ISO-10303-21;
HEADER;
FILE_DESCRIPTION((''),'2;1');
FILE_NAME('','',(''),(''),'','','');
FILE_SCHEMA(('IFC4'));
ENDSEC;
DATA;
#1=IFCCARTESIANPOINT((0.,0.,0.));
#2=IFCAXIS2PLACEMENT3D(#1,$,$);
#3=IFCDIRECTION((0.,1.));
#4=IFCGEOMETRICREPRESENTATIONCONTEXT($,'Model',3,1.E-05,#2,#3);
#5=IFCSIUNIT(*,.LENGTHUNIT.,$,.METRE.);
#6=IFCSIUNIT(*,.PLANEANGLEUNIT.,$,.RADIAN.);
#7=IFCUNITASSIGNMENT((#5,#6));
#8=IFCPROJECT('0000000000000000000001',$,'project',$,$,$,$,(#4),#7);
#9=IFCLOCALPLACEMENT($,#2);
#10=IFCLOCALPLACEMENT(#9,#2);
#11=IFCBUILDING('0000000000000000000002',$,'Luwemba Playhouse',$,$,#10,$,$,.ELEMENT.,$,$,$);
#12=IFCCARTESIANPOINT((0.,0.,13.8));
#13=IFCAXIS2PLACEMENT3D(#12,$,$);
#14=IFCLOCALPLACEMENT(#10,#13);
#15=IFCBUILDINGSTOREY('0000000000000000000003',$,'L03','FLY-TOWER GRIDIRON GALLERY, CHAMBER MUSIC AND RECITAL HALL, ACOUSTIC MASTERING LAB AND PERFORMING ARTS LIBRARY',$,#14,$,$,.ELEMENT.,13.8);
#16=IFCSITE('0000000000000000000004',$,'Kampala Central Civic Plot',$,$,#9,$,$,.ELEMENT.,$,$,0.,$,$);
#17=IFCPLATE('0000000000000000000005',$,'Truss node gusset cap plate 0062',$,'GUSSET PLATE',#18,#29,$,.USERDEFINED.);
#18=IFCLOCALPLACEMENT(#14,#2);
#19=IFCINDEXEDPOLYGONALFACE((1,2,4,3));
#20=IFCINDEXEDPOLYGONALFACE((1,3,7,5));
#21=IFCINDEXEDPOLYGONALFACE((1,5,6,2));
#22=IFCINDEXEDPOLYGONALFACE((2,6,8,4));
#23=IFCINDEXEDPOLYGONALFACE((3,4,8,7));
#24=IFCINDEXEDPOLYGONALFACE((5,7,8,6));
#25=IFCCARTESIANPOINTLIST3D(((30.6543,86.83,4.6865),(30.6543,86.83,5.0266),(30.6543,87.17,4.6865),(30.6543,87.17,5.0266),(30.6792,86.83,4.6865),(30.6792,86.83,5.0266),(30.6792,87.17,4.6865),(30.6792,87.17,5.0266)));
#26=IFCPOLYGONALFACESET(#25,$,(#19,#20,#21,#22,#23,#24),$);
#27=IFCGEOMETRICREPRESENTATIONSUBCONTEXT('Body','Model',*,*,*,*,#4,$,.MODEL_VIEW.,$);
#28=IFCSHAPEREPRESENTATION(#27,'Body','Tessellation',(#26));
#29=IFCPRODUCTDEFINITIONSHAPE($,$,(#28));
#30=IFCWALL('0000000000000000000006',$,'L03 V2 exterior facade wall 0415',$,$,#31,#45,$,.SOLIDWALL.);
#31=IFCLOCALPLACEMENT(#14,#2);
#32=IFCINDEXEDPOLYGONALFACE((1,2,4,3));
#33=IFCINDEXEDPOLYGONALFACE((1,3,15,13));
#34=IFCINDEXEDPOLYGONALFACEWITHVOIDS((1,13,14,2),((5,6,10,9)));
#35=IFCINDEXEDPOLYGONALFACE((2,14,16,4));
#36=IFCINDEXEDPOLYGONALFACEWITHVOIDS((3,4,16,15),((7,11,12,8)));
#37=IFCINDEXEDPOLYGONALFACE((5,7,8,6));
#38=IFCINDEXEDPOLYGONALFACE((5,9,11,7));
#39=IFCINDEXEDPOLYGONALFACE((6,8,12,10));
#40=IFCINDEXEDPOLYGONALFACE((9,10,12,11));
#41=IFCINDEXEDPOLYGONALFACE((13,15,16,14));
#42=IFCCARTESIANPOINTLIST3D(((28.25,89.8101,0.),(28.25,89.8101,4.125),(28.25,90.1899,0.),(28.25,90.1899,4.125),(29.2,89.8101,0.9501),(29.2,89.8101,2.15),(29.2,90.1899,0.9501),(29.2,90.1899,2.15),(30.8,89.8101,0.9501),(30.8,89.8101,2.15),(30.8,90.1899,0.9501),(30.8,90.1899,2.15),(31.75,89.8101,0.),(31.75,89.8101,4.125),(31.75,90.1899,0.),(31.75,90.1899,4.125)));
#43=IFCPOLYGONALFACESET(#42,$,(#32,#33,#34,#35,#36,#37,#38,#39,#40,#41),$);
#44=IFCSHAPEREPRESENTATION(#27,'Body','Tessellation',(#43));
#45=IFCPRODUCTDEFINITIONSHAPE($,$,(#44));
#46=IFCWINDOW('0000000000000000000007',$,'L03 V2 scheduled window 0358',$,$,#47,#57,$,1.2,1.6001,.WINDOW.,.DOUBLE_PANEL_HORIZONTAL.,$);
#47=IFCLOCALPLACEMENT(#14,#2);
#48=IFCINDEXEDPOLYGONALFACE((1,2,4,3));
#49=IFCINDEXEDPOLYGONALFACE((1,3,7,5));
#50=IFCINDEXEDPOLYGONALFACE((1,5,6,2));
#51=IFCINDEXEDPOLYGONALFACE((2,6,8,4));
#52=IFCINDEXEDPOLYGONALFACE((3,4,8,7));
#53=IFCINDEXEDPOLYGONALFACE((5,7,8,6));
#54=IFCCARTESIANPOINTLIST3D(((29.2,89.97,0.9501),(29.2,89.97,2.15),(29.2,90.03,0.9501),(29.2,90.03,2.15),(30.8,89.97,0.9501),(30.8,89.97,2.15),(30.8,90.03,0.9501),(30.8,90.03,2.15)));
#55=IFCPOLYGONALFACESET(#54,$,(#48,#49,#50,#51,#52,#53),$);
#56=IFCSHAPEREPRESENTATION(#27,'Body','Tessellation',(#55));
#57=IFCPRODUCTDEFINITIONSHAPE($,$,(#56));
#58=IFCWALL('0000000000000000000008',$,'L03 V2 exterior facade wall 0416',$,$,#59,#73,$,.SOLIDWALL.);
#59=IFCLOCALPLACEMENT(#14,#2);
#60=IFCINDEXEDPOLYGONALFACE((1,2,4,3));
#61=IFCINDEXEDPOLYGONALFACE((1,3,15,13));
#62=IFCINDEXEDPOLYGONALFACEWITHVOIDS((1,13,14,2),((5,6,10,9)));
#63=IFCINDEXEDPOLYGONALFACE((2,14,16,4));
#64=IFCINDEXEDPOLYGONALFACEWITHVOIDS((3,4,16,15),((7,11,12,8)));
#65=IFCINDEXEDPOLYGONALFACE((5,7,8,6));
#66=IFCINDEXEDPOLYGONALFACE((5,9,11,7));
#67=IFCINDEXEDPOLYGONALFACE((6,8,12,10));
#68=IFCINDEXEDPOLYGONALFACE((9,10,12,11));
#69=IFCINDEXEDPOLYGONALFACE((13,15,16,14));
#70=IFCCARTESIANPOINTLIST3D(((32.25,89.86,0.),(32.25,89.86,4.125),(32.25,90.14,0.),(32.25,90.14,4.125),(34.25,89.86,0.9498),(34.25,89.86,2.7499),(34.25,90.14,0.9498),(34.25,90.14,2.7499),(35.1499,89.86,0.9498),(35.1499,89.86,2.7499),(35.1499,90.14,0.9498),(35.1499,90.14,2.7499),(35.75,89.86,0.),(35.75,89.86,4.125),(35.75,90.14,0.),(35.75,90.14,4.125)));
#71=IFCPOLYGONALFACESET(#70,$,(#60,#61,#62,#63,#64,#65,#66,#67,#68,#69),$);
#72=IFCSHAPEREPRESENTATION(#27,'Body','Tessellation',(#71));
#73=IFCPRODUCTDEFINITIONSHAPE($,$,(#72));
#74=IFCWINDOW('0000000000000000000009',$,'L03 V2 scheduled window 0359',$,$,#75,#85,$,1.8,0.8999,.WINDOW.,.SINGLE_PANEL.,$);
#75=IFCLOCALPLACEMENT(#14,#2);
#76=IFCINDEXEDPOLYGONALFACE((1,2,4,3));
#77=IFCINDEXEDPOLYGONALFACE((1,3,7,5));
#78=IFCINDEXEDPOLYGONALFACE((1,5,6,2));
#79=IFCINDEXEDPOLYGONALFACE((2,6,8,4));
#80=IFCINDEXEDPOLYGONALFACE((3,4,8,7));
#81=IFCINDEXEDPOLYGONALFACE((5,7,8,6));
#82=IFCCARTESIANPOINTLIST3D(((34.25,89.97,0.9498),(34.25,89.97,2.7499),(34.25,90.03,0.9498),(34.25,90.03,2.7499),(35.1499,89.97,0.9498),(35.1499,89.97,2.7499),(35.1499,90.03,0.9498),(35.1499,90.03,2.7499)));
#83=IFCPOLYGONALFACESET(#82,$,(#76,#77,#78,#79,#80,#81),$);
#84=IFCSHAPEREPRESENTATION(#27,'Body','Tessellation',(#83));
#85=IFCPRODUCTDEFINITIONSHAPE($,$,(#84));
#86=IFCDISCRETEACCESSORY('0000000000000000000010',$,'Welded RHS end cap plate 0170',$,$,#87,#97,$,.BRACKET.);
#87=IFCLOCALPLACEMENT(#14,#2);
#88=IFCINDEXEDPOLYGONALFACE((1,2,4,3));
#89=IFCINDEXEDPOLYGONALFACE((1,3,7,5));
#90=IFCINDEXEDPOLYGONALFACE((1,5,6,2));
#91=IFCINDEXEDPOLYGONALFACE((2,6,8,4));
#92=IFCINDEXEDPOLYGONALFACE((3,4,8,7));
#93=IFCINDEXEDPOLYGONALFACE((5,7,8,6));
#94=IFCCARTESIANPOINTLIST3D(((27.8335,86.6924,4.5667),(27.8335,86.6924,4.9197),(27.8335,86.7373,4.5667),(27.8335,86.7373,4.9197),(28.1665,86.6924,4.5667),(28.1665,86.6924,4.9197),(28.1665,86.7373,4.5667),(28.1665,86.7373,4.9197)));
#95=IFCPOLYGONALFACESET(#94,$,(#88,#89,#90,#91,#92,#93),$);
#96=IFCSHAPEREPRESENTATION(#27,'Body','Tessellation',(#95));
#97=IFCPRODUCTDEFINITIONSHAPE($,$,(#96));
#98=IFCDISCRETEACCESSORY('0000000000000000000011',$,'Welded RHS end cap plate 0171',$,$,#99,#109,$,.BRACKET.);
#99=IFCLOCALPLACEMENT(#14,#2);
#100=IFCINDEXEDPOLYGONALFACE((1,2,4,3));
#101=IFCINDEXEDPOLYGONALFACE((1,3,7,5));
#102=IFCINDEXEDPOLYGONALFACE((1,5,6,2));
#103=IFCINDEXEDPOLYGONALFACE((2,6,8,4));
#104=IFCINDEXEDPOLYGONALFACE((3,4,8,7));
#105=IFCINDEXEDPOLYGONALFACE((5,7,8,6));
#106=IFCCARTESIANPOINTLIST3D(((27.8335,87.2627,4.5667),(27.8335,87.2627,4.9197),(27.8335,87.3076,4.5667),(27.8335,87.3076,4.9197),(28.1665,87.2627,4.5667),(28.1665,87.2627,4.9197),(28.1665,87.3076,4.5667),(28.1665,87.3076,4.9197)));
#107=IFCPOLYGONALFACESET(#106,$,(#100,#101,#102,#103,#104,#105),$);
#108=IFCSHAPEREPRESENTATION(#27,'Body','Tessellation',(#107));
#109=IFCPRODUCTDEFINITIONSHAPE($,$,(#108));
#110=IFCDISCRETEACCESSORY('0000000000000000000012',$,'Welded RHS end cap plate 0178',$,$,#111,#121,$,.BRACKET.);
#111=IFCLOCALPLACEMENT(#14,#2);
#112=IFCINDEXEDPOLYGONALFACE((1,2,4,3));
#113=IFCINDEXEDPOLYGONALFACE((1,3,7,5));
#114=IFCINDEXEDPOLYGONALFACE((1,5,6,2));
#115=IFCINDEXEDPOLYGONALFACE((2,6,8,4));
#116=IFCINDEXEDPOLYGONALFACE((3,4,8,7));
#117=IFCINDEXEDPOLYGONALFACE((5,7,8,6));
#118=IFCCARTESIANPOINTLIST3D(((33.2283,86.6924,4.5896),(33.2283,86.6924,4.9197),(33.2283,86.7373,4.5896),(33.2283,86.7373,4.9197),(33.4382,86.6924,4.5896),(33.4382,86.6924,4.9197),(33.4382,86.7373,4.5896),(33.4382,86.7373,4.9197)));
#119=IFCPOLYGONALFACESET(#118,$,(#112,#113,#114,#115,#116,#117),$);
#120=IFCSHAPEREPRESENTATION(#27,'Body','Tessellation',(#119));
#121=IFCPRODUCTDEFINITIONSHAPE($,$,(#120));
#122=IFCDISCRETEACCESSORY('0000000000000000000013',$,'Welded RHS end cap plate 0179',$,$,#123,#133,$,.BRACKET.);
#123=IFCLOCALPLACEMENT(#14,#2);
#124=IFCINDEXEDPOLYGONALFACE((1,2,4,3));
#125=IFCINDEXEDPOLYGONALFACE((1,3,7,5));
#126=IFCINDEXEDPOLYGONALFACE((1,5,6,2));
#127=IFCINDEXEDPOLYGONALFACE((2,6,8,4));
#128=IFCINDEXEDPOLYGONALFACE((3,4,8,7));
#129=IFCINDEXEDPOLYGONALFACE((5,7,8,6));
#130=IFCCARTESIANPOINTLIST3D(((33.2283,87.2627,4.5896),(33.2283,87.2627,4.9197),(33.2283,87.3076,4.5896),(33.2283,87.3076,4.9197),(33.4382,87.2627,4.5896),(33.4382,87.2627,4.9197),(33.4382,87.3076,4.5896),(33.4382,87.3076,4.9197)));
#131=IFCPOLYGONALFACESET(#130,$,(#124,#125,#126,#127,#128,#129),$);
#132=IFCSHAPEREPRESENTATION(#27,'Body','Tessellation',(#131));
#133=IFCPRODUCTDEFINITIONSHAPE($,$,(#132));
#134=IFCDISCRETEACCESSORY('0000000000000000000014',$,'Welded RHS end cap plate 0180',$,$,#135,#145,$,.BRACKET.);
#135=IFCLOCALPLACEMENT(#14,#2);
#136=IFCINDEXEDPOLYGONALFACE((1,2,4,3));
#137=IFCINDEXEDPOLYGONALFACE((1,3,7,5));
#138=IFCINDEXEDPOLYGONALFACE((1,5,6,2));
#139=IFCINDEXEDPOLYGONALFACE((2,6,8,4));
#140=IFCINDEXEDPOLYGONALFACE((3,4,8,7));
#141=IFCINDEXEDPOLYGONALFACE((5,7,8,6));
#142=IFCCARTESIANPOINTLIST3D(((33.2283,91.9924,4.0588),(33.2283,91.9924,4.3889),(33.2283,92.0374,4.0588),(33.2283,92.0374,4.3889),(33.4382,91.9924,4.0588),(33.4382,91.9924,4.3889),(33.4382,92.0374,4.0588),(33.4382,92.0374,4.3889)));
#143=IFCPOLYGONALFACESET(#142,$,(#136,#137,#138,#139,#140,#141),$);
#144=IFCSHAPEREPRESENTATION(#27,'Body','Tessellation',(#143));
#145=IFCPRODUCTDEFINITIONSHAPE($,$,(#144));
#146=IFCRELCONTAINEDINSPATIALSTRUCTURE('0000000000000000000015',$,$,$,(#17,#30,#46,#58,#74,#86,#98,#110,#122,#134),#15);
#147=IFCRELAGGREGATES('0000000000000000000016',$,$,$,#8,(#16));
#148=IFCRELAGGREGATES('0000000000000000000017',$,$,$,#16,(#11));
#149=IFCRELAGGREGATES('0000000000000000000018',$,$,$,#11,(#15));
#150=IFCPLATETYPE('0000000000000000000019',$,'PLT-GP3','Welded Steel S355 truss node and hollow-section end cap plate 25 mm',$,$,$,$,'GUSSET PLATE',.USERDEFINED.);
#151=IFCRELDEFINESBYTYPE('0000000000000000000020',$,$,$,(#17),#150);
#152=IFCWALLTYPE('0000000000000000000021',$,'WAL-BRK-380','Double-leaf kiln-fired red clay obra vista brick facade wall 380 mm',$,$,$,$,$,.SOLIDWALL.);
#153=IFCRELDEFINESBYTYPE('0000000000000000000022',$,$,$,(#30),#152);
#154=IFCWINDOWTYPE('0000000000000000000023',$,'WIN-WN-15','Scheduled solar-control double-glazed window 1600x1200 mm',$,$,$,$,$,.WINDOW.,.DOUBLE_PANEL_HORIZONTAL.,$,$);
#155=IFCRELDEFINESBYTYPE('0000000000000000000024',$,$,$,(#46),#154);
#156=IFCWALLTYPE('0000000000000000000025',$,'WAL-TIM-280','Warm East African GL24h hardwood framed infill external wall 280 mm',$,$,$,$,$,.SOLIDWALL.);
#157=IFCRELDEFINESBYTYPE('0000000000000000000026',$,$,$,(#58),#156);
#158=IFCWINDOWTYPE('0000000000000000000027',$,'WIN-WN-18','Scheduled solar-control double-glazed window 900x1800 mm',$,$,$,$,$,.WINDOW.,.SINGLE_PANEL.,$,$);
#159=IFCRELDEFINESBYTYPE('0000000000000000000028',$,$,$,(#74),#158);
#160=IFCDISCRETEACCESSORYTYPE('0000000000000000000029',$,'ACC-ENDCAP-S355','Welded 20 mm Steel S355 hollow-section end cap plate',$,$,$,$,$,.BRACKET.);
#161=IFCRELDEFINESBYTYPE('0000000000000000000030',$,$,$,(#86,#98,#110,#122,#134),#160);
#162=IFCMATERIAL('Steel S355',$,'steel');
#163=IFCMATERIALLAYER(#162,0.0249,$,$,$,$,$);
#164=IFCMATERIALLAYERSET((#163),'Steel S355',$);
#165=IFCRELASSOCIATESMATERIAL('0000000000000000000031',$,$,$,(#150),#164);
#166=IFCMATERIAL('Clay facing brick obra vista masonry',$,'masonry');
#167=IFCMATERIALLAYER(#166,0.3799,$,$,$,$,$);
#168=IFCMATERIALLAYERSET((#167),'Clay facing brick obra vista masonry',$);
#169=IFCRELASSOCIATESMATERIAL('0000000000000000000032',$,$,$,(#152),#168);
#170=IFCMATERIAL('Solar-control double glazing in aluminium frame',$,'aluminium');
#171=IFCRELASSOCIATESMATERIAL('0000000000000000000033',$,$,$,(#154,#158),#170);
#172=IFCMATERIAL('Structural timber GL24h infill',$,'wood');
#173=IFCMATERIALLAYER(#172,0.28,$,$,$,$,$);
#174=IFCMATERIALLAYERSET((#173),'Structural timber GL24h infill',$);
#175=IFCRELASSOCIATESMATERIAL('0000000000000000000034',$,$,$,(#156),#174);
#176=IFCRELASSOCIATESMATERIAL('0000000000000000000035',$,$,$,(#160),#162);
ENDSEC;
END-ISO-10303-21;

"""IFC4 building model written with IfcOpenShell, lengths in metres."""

from ifc_helpers import new_model, si_unit, direction, frame, frame_2d, origin, origin_2d, place, context, subcontext, project, spatial, rectangle, extrude, material, layer, layer_set, type_object, element, fill, save


model = new_model("IFC4")

# Units and contexts
model_context = context("Model", 3, precision=1e-05, world=origin(), true_north=direction((0.0, 1.0)))
body_context = subcontext(model_context, "Body", "Model", "MODEL_VIEW")
ifc_project = project(units=[si_unit("LENGTHUNIT", "METRE"), si_unit("PLANEANGLEUNIT", "RADIAN")], contexts=[model_context])

# Site, building, storey
site_placement = place(None, origin())
site = spatial("IfcSite", under=ifc_project, at=site_placement, Name="Kampala Central Civic Plot", CompositionType="ELEMENT", RefElevation=0.0)
building_placement = place(site_placement, origin())
building = spatial("IfcBuilding", under=site, at=building_placement, Name="Luwemba Playhouse", CompositionType="ELEMENT")
storey_placement = place(building_placement, frame((0.0, 0.0, 13.8)))
storey = spatial("IfcBuildingStorey", under=building, at=storey_placement, Name="L03", Description="FLY-TOWER GRIDIRON GALLERY, CHAMBER MUSIC AND RECITAL HALL, ACOUSTIC MASTERING LAB AND PERFORMING ARTS LIBRARY", CompositionType="ELEMENT", Elevation=13.8)

# Shared definitions
ifc_material_1 = material(Name="Steel S355", Category="steel")

# Plate
ifc_layer_1 = layer(ifc_material_1, 0.0249)
ifc_layer_set_1 = layer_set([ifc_layer_1], Name="Steel S355")
plate_type_1 = type_object("IfcPlateType", Name="PLT-GP3", Description="Welded Steel S355 truss node and hollow-section end cap plate 25 mm", ElementType="GUSSET PLATE", PredefinedType="USERDEFINED", material=ifc_layer_set_1)
plate_1_placement = place(storey_placement, frame((30.6667, 87.0, 4.6865), z_axis=(0.0, 0.0, 1.0), x_axis=(1.0, 0.0, 0.0)))
element("IfcPlate", 1, at=plate_1_placement, inside=storey, type_object=plate_type_1, Name="Truss node gusset cap plate 0062", ObjectType="GUSSET PLATE", PredefinedType="USERDEFINED", context=body_context, shape_type="SweptSolid", body=[
    extrude(rectangle(XDim=0.0249, YDim=0.3401, at=origin_2d()), origin(), (0.0, 0.0, 1.0), 0.3401),
])

# Walls, openings, windows
ifc_material_2 = material(Name="Clay facing brick obra vista masonry", Category="masonry")
ifc_layer_2 = layer(ifc_material_2, 0.3799)
ifc_layer_set_2 = layer_set([ifc_layer_2], Name="Clay facing brick obra vista masonry")
wall_type_1 = type_object("IfcWallType", Name="WAL-BRK-380", Description="Double-leaf kiln-fired red clay obra vista brick facade wall 380 mm", PredefinedType="SOLIDWALL", material=ifc_layer_set_2)
wall_1_placement = place(storey_placement, frame((28.25, 90.0, 0.0), z_axis=(0.0, 0.0, 1.0), x_axis=(1.0, 0.0, 0.0)))
wall_1 = element("IfcWall", 2, at=wall_1_placement, inside=storey, type_object=wall_type_1, Name="L03 V2 exterior facade wall 0415", PredefinedType="SOLIDWALL", context=body_context, shape_type="SweptSolid", body=[
    extrude(rectangle(XDim=3.5, YDim=0.3799, at=frame_2d((1.75, 0.0))), origin(), (0.0, 0.0, 1.0), 4.125),
])
opening_1_placement = place(wall_1_placement, frame((0.95, 0.0, 0.95)))
opening_1 = element("IfcOpeningElement", 3, at=opening_1_placement, cuts=wall_1, PredefinedType="OPENING", context=body_context, shape_type="SweptSolid", body=[
    extrude(rectangle(XDim=1.6001, YDim=1.2, at=frame_2d((0.8, 0.6001))), frame((0.0, 0.2, 0.0), z_axis=(0.0, -1.0, 0.0), x_axis=(1.0, 0.0, 0.0)), (0.0, 0.0, 1.0), 0.3999),
])
ifc_material_3 = material(Name="Solar-control double glazing in aluminium frame", Category="aluminium")
window_type_1 = type_object("IfcWindowType", Name="WIN-WN-15", Description="Scheduled solar-control double-glazed window 1600x1200 mm", PartitioningType="DOUBLE_PANEL_HORIZONTAL", PredefinedType="WINDOW", material=ifc_material_3)
window_1_placement = place(opening_1_placement, origin())
window_1 = element("IfcWindow", 4, at=window_1_placement, inside=storey, type_object=window_type_1, Name="L03 V2 scheduled window 0358", OverallHeight=1.2, OverallWidth=1.6001, PartitioningType="DOUBLE_PANEL_HORIZONTAL", PredefinedType="WINDOW", context=body_context, shape_type="SweptSolid", body=[
    extrude(rectangle(XDim=1.6001, YDim=1.2, at=frame_2d((0.8, 0.6001))), frame((0.0, 0.03, 0.0), z_axis=(0.0, -1.0, 0.0), x_axis=(1.0, 0.0, 0.0)), (0.0, 0.0, 1.0), 0.0601),
])
fill(opening_1, window_1)
ifc_material_4 = material(Name="Structural timber GL24h infill", Category="wood")
ifc_layer_3 = layer(ifc_material_4, 0.28)
ifc_layer_set_3 = layer_set([ifc_layer_3], Name="Structural timber GL24h infill")
wall_type_2 = type_object("IfcWallType", Name="WAL-TIM-280", Description="Warm East African GL24h hardwood framed infill external wall 280 mm", PredefinedType="SOLIDWALL", material=ifc_layer_set_3)
wall_2_placement = place(storey_placement, frame((32.25, 90.0, 0.0), z_axis=(0.0, 0.0, 1.0), x_axis=(1.0, 0.0, 0.0)))
wall_2 = element("IfcWall", 5, at=wall_2_placement, inside=storey, type_object=wall_type_2, Name="L03 V2 exterior facade wall 0416", PredefinedType="SOLIDWALL", context=body_context, shape_type="SweptSolid", body=[
    extrude(rectangle(XDim=3.5, YDim=0.28, at=frame_2d((1.75, 0.0))), origin(), (0.0, 0.0, 1.0), 4.125),
])
opening_2_placement = place(wall_2_placement, frame((2.0, 0.0, 0.95)))
opening_2 = element("IfcOpeningElement", 6, at=opening_2_placement, cuts=wall_2, PredefinedType="OPENING", context=body_context, shape_type="SweptSolid", body=[
    extrude(rectangle(XDim=0.8999, YDim=1.8, at=frame_2d((0.45, 0.8999))), frame((0.0, 0.1499, 0.0), z_axis=(0.0, -1.0, 0.0), x_axis=(1.0, 0.0, 0.0)), (0.0, 0.0, 1.0), 0.3),
])
window_type_2 = type_object("IfcWindowType", Name="WIN-WN-18", Description="Scheduled solar-control double-glazed window 900x1800 mm", PartitioningType="SINGLE_PANEL", PredefinedType="WINDOW", material=ifc_material_3)
window_2_placement = place(opening_2_placement, origin())
window_2 = element("IfcWindow", 7, at=window_2_placement, inside=storey, type_object=window_type_2, Name="L03 V2 scheduled window 0359", OverallHeight=1.8, OverallWidth=0.8999, PartitioningType="SINGLE_PANEL", PredefinedType="WINDOW", context=body_context, shape_type="SweptSolid", body=[
    extrude(rectangle(XDim=0.8999, YDim=1.8, at=frame_2d((0.45, 0.8999))), frame((0.0, 0.03, 0.0), z_axis=(0.0, -1.0, 0.0), x_axis=(1.0, 0.0, 0.0)), (0.0, 0.0, 1.0), 0.0601),
])
fill(opening_2, window_2)

# Discrete accessories
discrete_accessory_type = type_object("IfcDiscreteAccessoryType", Name="ACC-ENDCAP-S355", Description="Welded 20 mm Steel S355 hollow-section end cap plate", PredefinedType="BRACKET", material=ifc_material_1)
for number, where, z_axis, x_axis, name in (
    (8, (28.0, 86.7148, 4.5667), (0.0, 0.0, 1.0), (1.0, 0.0, 0.0), "Welded RHS end cap plate 0170"),
    (9, (28.0, 87.2852, 4.5667), (0.0, 0.0, 1.0), (1.0, 0.0, 0.0), "Welded RHS end cap plate 0171"),
):
    element("IfcDiscreteAccessory", number, at=place(storey_placement, frame(where, z_axis=z_axis, x_axis=x_axis)), inside=storey, type_object=discrete_accessory_type, Name=name, PredefinedType="BRACKET", context=body_context, shape_type="SweptSolid", body=[
        extrude(rectangle(XDim=0.333, YDim=0.0449, at=origin_2d()), origin(), (0.0, 0.0, 1.0), 0.353),
    ])
for number, where, z_axis, x_axis, name in (
    (10, (33.3333, 86.7148, 4.5896), (0.0, 0.0, 1.0), (1.0, 0.0, 0.0), "Welded RHS end cap plate 0178"),
    (11, (33.3333, 87.2852, 4.5896), (0.0, 0.0, 1.0), (1.0, 0.0, 0.0), "Welded RHS end cap plate 0179"),
    (12, (33.3333, 92.0149, 4.0588), (0.0, 0.0, 1.0), (1.0, 0.0, 0.0), "Welded RHS end cap plate 0180"),
):
    element("IfcDiscreteAccessory", number, at=place(storey_placement, frame(where, z_axis=z_axis, x_axis=x_axis)), inside=storey, type_object=discrete_accessory_type, Name=name, PredefinedType="BRACKET", context=body_context, shape_type="SweptSolid", body=[
        extrude(rectangle(XDim=0.21, YDim=0.0449, at=origin_2d()), origin(), (0.0, 0.0, 1.0), 0.3301),
    ])

save(model, "model.ifc")
